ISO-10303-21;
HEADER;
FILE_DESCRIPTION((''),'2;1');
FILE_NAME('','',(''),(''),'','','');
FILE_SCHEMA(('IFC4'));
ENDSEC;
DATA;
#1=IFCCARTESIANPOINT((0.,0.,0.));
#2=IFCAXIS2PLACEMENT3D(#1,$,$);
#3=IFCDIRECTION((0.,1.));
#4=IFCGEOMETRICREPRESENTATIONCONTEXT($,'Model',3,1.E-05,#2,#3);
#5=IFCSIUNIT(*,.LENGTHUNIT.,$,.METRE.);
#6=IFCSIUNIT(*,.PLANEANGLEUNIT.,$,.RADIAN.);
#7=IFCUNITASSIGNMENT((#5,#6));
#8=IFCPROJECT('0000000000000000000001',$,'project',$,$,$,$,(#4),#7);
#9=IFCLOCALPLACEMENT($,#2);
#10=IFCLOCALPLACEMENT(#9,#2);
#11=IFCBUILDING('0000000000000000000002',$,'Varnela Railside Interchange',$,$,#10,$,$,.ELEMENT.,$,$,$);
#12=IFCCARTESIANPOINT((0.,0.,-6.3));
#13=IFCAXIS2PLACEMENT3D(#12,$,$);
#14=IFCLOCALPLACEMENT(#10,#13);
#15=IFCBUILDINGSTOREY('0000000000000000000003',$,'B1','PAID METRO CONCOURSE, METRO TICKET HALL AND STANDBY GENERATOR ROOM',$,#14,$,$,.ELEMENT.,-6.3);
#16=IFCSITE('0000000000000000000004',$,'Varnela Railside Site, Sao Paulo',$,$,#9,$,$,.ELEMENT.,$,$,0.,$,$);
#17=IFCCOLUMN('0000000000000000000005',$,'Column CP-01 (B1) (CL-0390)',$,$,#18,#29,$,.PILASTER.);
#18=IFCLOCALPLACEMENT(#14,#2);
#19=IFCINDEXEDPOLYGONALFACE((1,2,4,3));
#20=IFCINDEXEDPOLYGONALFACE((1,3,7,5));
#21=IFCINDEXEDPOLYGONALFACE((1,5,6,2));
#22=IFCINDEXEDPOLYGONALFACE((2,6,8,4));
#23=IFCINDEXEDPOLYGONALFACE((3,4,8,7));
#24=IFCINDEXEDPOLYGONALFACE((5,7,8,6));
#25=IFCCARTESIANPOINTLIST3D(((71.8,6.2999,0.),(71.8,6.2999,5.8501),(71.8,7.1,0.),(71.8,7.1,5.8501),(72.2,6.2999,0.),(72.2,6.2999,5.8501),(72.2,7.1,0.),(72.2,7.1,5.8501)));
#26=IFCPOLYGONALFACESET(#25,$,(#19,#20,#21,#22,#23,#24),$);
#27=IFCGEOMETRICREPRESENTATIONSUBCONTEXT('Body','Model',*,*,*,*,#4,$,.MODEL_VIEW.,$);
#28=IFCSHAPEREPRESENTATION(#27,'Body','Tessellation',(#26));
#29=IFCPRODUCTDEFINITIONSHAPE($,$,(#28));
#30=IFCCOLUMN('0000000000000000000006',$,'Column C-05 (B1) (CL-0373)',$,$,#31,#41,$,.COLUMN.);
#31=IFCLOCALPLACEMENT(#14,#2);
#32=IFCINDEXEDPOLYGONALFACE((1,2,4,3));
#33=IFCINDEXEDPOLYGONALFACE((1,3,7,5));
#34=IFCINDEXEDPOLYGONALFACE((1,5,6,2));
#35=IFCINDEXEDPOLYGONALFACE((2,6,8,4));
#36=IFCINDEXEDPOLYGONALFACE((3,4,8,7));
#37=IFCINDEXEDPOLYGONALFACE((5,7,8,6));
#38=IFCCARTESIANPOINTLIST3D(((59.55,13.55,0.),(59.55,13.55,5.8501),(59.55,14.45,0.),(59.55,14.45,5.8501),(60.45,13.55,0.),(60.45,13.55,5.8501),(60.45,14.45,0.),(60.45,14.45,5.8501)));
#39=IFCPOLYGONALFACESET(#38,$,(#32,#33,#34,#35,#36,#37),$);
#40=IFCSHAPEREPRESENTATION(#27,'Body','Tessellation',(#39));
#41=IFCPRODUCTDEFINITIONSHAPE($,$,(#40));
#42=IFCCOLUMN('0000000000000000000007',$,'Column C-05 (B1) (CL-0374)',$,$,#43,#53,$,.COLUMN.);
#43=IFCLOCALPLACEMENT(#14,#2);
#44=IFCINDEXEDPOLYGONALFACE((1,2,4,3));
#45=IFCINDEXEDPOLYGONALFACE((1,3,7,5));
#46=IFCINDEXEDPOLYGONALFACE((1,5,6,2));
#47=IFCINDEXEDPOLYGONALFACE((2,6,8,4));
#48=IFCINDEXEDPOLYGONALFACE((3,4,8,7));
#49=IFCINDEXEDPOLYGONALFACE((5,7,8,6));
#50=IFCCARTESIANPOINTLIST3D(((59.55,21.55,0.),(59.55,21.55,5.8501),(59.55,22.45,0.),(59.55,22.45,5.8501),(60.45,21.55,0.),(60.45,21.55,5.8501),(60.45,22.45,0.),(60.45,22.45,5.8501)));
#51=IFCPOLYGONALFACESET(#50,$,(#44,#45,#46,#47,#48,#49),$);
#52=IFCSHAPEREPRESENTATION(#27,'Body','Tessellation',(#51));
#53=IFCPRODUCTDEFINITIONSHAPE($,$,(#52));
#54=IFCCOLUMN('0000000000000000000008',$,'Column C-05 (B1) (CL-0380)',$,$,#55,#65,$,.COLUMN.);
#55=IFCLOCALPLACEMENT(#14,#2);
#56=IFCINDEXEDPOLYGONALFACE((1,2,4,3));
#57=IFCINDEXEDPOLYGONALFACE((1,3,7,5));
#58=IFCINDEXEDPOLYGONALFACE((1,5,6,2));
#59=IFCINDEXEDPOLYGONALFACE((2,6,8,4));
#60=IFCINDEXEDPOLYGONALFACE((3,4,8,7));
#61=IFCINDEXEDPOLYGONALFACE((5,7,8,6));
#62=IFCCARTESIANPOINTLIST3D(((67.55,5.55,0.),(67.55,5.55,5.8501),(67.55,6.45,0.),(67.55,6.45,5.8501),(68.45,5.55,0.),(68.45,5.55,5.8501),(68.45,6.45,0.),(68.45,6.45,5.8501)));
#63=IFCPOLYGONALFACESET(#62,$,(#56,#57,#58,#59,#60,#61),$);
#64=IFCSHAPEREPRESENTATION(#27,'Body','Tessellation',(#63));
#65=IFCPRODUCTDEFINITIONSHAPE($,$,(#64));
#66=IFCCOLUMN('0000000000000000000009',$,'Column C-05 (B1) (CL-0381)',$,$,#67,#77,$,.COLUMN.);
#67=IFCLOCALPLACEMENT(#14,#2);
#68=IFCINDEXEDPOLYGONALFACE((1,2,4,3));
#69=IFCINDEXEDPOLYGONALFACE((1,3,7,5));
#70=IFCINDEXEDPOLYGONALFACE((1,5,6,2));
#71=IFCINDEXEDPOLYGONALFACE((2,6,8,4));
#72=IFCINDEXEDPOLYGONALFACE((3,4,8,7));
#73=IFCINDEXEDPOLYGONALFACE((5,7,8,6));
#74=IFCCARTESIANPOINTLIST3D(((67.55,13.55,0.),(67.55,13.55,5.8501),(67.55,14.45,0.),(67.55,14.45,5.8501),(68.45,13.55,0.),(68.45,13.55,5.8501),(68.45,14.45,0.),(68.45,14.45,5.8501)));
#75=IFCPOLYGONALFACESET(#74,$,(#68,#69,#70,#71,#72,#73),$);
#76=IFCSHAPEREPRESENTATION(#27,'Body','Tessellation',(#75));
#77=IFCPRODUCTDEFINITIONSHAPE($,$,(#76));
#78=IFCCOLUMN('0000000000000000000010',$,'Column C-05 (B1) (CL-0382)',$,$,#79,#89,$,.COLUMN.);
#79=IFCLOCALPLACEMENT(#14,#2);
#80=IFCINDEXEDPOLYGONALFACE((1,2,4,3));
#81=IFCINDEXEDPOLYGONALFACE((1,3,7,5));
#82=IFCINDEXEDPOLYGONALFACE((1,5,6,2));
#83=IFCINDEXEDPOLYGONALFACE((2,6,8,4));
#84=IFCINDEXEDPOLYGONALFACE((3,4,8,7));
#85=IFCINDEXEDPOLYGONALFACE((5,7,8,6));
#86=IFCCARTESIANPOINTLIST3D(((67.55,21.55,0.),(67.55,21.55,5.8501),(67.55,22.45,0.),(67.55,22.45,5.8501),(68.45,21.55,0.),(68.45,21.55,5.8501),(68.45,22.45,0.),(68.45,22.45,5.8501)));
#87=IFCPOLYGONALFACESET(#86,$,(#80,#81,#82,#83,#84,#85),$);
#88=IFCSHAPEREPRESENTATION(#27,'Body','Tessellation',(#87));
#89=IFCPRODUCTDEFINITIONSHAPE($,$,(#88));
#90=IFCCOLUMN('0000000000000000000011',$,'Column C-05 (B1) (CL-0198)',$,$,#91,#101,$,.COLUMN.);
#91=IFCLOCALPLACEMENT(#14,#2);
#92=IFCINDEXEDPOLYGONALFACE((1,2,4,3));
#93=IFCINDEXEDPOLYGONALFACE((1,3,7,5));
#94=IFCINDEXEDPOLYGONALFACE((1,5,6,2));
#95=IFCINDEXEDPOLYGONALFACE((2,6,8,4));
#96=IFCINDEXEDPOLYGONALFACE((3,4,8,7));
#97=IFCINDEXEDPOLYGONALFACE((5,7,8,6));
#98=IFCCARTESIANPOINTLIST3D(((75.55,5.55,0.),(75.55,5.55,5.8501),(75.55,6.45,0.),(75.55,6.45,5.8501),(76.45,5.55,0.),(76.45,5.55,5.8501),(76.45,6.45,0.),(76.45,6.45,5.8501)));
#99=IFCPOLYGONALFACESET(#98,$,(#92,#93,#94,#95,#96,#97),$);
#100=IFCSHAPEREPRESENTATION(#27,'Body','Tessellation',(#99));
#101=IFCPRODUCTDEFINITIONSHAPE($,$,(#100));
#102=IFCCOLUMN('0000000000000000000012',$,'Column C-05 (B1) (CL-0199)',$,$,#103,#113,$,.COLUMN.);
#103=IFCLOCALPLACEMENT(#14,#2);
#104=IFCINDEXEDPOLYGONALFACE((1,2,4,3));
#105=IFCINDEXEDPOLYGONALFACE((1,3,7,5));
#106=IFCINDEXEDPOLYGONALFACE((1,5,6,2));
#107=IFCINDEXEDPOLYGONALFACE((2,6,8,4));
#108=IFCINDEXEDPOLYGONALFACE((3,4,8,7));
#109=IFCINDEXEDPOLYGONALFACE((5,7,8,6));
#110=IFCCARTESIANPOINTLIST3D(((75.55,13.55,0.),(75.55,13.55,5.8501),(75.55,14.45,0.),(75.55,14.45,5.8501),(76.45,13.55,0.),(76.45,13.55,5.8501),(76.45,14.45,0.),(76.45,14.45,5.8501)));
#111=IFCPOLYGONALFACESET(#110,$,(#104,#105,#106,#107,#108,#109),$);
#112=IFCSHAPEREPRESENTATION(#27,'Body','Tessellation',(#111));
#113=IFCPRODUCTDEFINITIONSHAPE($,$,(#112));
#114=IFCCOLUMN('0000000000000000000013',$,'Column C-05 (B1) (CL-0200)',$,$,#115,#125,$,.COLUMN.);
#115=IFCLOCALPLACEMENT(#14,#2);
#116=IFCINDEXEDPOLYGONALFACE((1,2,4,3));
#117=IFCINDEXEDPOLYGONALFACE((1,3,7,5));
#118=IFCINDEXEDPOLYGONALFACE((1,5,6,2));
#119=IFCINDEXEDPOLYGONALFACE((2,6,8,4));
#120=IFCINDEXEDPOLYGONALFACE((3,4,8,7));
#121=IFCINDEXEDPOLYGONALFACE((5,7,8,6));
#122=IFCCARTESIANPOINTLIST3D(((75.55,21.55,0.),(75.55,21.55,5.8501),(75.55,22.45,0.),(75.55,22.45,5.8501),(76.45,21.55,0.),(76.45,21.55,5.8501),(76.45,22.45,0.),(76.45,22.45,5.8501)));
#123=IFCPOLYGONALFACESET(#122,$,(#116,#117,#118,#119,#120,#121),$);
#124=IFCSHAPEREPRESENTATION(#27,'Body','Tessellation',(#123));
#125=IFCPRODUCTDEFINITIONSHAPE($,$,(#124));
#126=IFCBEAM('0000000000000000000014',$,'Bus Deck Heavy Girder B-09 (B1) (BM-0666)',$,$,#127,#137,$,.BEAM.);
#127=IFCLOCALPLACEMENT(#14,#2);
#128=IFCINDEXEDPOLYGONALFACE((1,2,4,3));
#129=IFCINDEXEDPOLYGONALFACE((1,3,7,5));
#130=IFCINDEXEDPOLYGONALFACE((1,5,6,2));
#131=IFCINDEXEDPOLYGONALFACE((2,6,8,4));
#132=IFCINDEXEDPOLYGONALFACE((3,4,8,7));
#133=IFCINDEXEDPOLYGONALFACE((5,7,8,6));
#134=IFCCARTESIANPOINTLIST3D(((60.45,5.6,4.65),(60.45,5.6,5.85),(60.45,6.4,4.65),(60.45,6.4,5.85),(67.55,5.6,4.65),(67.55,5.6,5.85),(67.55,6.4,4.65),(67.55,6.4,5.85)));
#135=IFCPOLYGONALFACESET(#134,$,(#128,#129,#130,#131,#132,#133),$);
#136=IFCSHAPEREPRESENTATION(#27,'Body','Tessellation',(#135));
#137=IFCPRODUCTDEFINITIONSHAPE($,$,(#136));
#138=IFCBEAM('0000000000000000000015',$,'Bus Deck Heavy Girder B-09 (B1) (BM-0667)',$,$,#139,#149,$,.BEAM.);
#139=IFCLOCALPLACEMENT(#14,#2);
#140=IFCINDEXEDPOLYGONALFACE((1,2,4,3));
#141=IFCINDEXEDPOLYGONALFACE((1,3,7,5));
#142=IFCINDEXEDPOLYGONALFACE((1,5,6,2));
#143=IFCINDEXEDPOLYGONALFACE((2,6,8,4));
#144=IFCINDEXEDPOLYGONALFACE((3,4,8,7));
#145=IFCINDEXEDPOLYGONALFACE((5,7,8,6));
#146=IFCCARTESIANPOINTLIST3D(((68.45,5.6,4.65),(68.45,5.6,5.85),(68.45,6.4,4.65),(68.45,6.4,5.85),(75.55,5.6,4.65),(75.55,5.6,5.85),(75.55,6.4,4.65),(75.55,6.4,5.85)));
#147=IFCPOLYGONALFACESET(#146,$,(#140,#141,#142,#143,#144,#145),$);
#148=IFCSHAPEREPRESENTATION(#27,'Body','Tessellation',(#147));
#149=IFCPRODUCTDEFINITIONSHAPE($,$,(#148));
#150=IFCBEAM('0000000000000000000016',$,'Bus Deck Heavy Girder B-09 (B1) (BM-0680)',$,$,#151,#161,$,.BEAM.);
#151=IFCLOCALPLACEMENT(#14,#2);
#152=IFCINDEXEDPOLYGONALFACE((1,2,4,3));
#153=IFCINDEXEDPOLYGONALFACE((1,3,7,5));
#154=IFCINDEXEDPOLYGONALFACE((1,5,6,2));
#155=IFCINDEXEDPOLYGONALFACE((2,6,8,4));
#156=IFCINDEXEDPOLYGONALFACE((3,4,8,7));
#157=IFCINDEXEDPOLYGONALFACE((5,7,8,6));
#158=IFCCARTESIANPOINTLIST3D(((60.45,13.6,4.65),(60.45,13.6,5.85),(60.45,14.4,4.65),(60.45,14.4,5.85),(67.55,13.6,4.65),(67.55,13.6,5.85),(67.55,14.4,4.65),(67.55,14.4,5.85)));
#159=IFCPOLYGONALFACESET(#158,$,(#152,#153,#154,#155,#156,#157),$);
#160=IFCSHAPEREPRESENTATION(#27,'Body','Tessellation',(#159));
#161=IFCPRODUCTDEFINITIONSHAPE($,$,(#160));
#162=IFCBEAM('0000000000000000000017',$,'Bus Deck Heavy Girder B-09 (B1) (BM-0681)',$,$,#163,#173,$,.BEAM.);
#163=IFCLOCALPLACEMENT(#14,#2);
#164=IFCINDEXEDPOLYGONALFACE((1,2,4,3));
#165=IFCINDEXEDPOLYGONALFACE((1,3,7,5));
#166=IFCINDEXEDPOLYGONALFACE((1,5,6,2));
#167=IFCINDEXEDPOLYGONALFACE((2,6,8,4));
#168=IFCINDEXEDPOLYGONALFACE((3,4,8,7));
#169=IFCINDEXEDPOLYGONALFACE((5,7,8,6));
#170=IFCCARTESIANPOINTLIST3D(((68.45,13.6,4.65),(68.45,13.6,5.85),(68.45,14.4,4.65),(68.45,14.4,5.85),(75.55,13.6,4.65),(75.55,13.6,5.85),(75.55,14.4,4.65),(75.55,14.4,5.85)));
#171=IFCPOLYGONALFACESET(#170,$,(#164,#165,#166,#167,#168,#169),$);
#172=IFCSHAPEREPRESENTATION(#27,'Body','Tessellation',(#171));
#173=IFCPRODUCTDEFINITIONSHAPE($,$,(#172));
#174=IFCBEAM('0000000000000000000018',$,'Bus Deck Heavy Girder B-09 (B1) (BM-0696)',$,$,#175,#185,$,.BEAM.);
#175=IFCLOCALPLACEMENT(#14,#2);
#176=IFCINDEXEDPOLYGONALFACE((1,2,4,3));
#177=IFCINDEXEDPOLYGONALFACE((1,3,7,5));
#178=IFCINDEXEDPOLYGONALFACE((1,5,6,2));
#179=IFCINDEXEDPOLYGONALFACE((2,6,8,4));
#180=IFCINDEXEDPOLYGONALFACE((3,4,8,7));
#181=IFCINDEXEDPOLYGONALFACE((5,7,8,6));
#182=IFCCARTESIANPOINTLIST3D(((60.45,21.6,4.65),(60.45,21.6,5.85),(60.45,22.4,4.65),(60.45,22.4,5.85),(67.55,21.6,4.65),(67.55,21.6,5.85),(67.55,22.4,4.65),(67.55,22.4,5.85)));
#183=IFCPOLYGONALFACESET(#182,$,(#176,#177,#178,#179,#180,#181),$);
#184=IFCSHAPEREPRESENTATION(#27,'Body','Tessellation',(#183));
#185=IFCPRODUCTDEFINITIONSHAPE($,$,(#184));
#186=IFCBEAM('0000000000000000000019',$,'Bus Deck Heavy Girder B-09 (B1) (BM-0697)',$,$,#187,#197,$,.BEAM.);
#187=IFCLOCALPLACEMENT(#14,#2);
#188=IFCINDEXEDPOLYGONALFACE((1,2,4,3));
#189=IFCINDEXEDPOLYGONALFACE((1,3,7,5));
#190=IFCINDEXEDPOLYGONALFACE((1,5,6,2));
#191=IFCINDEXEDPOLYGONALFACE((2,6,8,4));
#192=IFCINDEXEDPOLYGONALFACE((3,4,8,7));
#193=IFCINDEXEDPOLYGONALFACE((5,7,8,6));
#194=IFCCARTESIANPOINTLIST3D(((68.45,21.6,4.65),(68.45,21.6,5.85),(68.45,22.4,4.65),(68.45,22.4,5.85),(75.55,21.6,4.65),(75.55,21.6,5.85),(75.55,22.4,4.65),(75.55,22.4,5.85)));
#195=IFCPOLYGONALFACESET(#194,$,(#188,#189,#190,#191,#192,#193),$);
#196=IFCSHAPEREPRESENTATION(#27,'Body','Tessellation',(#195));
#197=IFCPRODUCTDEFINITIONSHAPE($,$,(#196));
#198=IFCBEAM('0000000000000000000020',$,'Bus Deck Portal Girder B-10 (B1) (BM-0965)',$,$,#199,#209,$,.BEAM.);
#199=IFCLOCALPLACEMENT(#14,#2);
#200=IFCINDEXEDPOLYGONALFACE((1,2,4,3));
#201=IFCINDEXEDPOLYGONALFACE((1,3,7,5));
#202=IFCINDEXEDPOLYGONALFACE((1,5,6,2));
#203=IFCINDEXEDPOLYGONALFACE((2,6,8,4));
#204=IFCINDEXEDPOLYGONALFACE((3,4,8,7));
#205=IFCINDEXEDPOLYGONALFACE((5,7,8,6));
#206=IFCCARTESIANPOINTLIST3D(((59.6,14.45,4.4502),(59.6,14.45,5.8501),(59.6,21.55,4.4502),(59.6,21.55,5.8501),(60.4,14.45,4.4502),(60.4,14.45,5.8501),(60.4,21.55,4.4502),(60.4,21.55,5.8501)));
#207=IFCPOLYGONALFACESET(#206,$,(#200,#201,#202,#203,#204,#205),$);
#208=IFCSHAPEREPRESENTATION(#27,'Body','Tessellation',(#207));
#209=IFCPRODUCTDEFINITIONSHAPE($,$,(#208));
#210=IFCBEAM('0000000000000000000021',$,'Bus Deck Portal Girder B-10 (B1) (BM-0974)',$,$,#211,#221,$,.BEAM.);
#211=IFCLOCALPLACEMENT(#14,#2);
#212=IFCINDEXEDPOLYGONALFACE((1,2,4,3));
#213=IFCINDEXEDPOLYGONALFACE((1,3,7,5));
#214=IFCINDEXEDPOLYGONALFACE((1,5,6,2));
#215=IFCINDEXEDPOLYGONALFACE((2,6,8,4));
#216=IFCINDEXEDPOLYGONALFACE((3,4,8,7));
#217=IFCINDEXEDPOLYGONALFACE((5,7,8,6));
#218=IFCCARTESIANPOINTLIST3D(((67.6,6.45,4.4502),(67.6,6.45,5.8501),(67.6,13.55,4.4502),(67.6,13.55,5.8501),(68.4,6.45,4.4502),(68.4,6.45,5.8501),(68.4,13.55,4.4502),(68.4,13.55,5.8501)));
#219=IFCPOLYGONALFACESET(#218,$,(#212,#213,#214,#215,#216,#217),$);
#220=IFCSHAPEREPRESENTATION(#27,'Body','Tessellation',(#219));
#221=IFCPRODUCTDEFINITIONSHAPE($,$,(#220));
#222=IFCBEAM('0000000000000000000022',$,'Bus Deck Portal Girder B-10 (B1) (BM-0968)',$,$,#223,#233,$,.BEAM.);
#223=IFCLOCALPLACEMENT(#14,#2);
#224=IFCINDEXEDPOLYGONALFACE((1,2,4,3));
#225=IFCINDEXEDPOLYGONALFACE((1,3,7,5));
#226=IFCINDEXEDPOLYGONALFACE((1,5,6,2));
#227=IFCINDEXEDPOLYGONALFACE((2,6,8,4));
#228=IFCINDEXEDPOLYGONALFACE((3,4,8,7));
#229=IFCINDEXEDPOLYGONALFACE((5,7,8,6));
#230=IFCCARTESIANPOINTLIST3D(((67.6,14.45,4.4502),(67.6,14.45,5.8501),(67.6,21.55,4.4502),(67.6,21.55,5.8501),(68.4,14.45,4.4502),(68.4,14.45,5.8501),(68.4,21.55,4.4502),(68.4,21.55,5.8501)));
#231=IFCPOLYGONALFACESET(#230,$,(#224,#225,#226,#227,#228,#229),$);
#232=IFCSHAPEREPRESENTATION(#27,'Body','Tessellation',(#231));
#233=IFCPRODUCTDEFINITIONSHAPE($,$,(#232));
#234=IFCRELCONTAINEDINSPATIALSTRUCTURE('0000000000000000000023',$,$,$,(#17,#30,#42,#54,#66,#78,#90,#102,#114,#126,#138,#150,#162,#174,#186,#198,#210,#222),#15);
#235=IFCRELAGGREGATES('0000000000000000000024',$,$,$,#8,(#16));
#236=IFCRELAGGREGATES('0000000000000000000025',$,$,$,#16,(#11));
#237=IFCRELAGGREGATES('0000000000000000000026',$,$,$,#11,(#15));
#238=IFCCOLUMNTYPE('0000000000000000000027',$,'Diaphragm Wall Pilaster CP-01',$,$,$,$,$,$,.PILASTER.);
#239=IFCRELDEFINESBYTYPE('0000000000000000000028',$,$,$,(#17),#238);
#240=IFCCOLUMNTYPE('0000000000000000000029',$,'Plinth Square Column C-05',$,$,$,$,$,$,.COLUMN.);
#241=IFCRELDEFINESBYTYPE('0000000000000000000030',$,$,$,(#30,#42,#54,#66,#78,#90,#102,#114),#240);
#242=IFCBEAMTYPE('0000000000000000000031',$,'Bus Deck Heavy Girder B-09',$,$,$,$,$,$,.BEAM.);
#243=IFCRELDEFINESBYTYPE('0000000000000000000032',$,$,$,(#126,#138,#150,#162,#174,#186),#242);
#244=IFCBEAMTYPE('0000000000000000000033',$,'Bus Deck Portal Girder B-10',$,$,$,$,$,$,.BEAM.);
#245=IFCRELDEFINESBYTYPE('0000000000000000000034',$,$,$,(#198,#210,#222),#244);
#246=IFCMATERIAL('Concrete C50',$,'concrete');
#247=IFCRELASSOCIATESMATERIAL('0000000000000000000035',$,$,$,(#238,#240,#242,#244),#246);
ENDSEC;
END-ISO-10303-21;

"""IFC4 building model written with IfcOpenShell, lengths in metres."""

from ifc_helpers import new_model, si_unit, direction, frame, origin, origin_2d, place, context, subcontext, project, spatial, rectangle, extrude, material, material_profile, profile_set, type_object, element, save


model = new_model("IFC4")

# Units and contexts
model_context = context("Model", 3, precision=1e-05, world=origin(), true_north=direction((0.0, 1.0)))
body_context = subcontext(model_context, "Body", "Model", "MODEL_VIEW")
ifc_project = project(units=[si_unit("LENGTHUNIT", "METRE"), si_unit("PLANEANGLEUNIT", "RADIAN")], contexts=[model_context])

# Site, building, storey
site_placement = place(None, origin())
site = spatial("IfcSite", under=ifc_project, at=site_placement, Name="Varnela Railside Site, Sao Paulo", CompositionType="ELEMENT", RefElevation=0.0)
building_placement = place(site_placement, origin())
building = spatial("IfcBuilding", under=site, at=building_placement, Name="Varnela Railside Interchange", CompositionType="ELEMENT")
storey_placement = place(building_placement, frame((0.0, 0.0, -6.3)))
storey = spatial("IfcBuildingStorey", under=building, at=storey_placement, Name="B1", Description="PAID METRO CONCOURSE, METRO TICKET HALL AND STANDBY GENERATOR ROOM", CompositionType="ELEMENT", Elevation=-6.3)

# Columns
ifc_material_1 = material(Name="Concrete C50", Category="concrete")
ifc_material_profile_1 = material_profile(ifc_material_1, rectangle(XDim=0.3999, YDim=0.8, at=origin_2d()), Name="RC 400x800")
ifc_profile_set_1 = profile_set([ifc_material_profile_1], Name="Concrete C50")
column_type_1 = type_object("IfcColumnType", Name="Diaphragm Wall Pilaster CP-01", PredefinedType="PILASTER", material=ifc_profile_set_1)
column_placement = place(storey_placement, frame((72.0, 6.7, 0.0), z_axis=(0.0, 0.0, 1.0), x_axis=(1.0, 0.0, 0.0)))
element("IfcColumn", 1, at=column_placement, inside=storey, type_object=column_type_1, Name="Column CP-01 (B1) (CL-0390)", PredefinedType="PILASTER", context=body_context, shape_type="SweptSolid", body=[
    extrude(rectangle(XDim=0.3999, YDim=0.8, at=origin_2d()), origin(), (0.0, 0.0, 1.0), 5.8501),
])
ifc_material_profile_2 = material_profile(ifc_material_1, rectangle(XDim=0.8999, YDim=0.8999, at=origin_2d()), Name="RC 900x900")
ifc_profile_set_2 = profile_set([ifc_material_profile_2], Name="Concrete C50")
column_type_2 = type_object("IfcColumnType", Name="Plinth Square Column C-05", PredefinedType="COLUMN", material=ifc_profile_set_2)
for number, where, z_axis, x_axis, name in (
    (2, (60.0, 14.0, 0.0), (0.0, 0.0, 1.0), (1.0, 0.0, 0.0), "Column C-05 (B1) (CL-0373)"),
    (3, (60.0, 22.0, 0.0), (0.0, 0.0, 1.0), (1.0, 0.0, 0.0), "Column C-05 (B1) (CL-0374)"),
    (4, (68.0, 6.0, 0.0), (0.0, 0.0, 1.0), (1.0, 0.0, 0.0), "Column C-05 (B1) (CL-0380)"),
    (5, (68.0, 14.0, 0.0), (0.0, 0.0, 1.0), (1.0, 0.0, 0.0), "Column C-05 (B1) (CL-0381)"),
    (6, (68.0, 22.0, 0.0), (0.0, 0.0, 1.0), (1.0, 0.0, 0.0), "Column C-05 (B1) (CL-0382)"),
    (7, (76.0, 6.0, 0.0), (0.0, 0.0, 1.0), (1.0, 0.0, 0.0), "Column C-05 (B1) (CL-0198)"),
    (8, (76.0, 14.0, 0.0), (0.0, 0.0, 1.0), (1.0, 0.0, 0.0), "Column C-05 (B1) (CL-0199)"),
    (9, (76.0, 22.0, 0.0), (0.0, 0.0, 1.0), (1.0, 0.0, 0.0), "Column C-05 (B1) (CL-0200)"),
):
    element("IfcColumn", number, at=place(storey_placement, frame(where, z_axis=z_axis, x_axis=x_axis)), inside=storey, type_object=column_type_2, Name=name, PredefinedType="COLUMN", context=body_context, shape_type="SweptSolid", body=[
        extrude(rectangle(XDim=0.8999, YDim=0.8999, at=origin_2d()), origin(), (0.0, 0.0, 1.0), 5.8501),
    ])

# Beams
ifc_material_profile_3 = material_profile(ifc_material_1, rectangle(XDim=0.8, YDim=1.2, at=origin_2d()), Name="RC 800x1200")
ifc_profile_set_3 = profile_set([ifc_material_profile_3], Name="Concrete C50")
beam_type_1 = type_object("IfcBeamType", Name="Bus Deck Heavy Girder B-09", PredefinedType="BEAM", material=ifc_profile_set_3)
for number, where, z_axis, x_axis, name in (
    (10, (60.45, 6.0, 5.25), (1.0, 0.0, 0.0), (0.0, 1.0, 0.0), "Bus Deck Heavy Girder B-09 (B1) (BM-0666)"),
    (11, (68.45, 6.0, 5.25), (1.0, 0.0, 0.0), (0.0, 1.0, 0.0), "Bus Deck Heavy Girder B-09 (B1) (BM-0667)"),
    (12, (60.45, 14.0, 5.25), (1.0, 0.0, 0.0), (0.0, 1.0, 0.0), "Bus Deck Heavy Girder B-09 (B1) (BM-0680)"),
    (13, (68.45, 14.0, 5.25), (1.0, 0.0, 0.0), (0.0, 1.0, 0.0), "Bus Deck Heavy Girder B-09 (B1) (BM-0681)"),
    (14, (60.45, 22.0, 5.25), (1.0, 0.0, 0.0), (0.0, 1.0, 0.0), "Bus Deck Heavy Girder B-09 (B1) (BM-0696)"),
    (15, (68.45, 22.0, 5.25), (1.0, 0.0, 0.0), (0.0, 1.0, 0.0), "Bus Deck Heavy Girder B-09 (B1) (BM-0697)"),
):
    element("IfcBeam", number, at=place(storey_placement, frame(where, z_axis=z_axis, x_axis=x_axis)), inside=storey, type_object=beam_type_1, Name=name, PredefinedType="BEAM", context=body_context, shape_type="SweptSolid", body=[
        extrude(rectangle(XDim=0.8, YDim=1.2, at=origin_2d()), origin(), (0.0, 0.0, 1.0), 7.1001),
    ])
ifc_material_profile_4 = material_profile(ifc_material_1, rectangle(XDim=0.8, YDim=1.3999, at=origin_2d()), Name="RC 800x1400")
ifc_profile_set_4 = profile_set([ifc_material_profile_4], Name="Concrete C50")
beam_type_2 = type_object("IfcBeamType", Name="Bus Deck Portal Girder B-10", PredefinedType="BEAM", material=ifc_profile_set_4)
for number, where, z_axis, x_axis, name in (
    (16, (60.0, 14.45, 5.1501), (0.0, 1.0, 0.0), (-1.0, 0.0, 0.0), "Bus Deck Portal Girder B-10 (B1) (BM-0965)"),
    (17, (68.0, 6.45, 5.1501), (0.0, 1.0, 0.0), (-1.0, 0.0, 0.0), "Bus Deck Portal Girder B-10 (B1) (BM-0974)"),
    (18, (68.0, 14.45, 5.1501), (0.0, 1.0, 0.0), (-1.0, 0.0, 0.0), "Bus Deck Portal Girder B-10 (B1) (BM-0968)"),
):
    element("IfcBeam", number, at=place(storey_placement, frame(where, z_axis=z_axis, x_axis=x_axis)), inside=storey, type_object=beam_type_2, Name=name, PredefinedType="BEAM", context=body_context, shape_type="SweptSolid", body=[
        extrude(rectangle(XDim=0.8, YDim=1.3999, at=origin_2d()), origin(), (0.0, 0.0, 1.0), 7.1001),
    ])

save(model, "model.ifc")
